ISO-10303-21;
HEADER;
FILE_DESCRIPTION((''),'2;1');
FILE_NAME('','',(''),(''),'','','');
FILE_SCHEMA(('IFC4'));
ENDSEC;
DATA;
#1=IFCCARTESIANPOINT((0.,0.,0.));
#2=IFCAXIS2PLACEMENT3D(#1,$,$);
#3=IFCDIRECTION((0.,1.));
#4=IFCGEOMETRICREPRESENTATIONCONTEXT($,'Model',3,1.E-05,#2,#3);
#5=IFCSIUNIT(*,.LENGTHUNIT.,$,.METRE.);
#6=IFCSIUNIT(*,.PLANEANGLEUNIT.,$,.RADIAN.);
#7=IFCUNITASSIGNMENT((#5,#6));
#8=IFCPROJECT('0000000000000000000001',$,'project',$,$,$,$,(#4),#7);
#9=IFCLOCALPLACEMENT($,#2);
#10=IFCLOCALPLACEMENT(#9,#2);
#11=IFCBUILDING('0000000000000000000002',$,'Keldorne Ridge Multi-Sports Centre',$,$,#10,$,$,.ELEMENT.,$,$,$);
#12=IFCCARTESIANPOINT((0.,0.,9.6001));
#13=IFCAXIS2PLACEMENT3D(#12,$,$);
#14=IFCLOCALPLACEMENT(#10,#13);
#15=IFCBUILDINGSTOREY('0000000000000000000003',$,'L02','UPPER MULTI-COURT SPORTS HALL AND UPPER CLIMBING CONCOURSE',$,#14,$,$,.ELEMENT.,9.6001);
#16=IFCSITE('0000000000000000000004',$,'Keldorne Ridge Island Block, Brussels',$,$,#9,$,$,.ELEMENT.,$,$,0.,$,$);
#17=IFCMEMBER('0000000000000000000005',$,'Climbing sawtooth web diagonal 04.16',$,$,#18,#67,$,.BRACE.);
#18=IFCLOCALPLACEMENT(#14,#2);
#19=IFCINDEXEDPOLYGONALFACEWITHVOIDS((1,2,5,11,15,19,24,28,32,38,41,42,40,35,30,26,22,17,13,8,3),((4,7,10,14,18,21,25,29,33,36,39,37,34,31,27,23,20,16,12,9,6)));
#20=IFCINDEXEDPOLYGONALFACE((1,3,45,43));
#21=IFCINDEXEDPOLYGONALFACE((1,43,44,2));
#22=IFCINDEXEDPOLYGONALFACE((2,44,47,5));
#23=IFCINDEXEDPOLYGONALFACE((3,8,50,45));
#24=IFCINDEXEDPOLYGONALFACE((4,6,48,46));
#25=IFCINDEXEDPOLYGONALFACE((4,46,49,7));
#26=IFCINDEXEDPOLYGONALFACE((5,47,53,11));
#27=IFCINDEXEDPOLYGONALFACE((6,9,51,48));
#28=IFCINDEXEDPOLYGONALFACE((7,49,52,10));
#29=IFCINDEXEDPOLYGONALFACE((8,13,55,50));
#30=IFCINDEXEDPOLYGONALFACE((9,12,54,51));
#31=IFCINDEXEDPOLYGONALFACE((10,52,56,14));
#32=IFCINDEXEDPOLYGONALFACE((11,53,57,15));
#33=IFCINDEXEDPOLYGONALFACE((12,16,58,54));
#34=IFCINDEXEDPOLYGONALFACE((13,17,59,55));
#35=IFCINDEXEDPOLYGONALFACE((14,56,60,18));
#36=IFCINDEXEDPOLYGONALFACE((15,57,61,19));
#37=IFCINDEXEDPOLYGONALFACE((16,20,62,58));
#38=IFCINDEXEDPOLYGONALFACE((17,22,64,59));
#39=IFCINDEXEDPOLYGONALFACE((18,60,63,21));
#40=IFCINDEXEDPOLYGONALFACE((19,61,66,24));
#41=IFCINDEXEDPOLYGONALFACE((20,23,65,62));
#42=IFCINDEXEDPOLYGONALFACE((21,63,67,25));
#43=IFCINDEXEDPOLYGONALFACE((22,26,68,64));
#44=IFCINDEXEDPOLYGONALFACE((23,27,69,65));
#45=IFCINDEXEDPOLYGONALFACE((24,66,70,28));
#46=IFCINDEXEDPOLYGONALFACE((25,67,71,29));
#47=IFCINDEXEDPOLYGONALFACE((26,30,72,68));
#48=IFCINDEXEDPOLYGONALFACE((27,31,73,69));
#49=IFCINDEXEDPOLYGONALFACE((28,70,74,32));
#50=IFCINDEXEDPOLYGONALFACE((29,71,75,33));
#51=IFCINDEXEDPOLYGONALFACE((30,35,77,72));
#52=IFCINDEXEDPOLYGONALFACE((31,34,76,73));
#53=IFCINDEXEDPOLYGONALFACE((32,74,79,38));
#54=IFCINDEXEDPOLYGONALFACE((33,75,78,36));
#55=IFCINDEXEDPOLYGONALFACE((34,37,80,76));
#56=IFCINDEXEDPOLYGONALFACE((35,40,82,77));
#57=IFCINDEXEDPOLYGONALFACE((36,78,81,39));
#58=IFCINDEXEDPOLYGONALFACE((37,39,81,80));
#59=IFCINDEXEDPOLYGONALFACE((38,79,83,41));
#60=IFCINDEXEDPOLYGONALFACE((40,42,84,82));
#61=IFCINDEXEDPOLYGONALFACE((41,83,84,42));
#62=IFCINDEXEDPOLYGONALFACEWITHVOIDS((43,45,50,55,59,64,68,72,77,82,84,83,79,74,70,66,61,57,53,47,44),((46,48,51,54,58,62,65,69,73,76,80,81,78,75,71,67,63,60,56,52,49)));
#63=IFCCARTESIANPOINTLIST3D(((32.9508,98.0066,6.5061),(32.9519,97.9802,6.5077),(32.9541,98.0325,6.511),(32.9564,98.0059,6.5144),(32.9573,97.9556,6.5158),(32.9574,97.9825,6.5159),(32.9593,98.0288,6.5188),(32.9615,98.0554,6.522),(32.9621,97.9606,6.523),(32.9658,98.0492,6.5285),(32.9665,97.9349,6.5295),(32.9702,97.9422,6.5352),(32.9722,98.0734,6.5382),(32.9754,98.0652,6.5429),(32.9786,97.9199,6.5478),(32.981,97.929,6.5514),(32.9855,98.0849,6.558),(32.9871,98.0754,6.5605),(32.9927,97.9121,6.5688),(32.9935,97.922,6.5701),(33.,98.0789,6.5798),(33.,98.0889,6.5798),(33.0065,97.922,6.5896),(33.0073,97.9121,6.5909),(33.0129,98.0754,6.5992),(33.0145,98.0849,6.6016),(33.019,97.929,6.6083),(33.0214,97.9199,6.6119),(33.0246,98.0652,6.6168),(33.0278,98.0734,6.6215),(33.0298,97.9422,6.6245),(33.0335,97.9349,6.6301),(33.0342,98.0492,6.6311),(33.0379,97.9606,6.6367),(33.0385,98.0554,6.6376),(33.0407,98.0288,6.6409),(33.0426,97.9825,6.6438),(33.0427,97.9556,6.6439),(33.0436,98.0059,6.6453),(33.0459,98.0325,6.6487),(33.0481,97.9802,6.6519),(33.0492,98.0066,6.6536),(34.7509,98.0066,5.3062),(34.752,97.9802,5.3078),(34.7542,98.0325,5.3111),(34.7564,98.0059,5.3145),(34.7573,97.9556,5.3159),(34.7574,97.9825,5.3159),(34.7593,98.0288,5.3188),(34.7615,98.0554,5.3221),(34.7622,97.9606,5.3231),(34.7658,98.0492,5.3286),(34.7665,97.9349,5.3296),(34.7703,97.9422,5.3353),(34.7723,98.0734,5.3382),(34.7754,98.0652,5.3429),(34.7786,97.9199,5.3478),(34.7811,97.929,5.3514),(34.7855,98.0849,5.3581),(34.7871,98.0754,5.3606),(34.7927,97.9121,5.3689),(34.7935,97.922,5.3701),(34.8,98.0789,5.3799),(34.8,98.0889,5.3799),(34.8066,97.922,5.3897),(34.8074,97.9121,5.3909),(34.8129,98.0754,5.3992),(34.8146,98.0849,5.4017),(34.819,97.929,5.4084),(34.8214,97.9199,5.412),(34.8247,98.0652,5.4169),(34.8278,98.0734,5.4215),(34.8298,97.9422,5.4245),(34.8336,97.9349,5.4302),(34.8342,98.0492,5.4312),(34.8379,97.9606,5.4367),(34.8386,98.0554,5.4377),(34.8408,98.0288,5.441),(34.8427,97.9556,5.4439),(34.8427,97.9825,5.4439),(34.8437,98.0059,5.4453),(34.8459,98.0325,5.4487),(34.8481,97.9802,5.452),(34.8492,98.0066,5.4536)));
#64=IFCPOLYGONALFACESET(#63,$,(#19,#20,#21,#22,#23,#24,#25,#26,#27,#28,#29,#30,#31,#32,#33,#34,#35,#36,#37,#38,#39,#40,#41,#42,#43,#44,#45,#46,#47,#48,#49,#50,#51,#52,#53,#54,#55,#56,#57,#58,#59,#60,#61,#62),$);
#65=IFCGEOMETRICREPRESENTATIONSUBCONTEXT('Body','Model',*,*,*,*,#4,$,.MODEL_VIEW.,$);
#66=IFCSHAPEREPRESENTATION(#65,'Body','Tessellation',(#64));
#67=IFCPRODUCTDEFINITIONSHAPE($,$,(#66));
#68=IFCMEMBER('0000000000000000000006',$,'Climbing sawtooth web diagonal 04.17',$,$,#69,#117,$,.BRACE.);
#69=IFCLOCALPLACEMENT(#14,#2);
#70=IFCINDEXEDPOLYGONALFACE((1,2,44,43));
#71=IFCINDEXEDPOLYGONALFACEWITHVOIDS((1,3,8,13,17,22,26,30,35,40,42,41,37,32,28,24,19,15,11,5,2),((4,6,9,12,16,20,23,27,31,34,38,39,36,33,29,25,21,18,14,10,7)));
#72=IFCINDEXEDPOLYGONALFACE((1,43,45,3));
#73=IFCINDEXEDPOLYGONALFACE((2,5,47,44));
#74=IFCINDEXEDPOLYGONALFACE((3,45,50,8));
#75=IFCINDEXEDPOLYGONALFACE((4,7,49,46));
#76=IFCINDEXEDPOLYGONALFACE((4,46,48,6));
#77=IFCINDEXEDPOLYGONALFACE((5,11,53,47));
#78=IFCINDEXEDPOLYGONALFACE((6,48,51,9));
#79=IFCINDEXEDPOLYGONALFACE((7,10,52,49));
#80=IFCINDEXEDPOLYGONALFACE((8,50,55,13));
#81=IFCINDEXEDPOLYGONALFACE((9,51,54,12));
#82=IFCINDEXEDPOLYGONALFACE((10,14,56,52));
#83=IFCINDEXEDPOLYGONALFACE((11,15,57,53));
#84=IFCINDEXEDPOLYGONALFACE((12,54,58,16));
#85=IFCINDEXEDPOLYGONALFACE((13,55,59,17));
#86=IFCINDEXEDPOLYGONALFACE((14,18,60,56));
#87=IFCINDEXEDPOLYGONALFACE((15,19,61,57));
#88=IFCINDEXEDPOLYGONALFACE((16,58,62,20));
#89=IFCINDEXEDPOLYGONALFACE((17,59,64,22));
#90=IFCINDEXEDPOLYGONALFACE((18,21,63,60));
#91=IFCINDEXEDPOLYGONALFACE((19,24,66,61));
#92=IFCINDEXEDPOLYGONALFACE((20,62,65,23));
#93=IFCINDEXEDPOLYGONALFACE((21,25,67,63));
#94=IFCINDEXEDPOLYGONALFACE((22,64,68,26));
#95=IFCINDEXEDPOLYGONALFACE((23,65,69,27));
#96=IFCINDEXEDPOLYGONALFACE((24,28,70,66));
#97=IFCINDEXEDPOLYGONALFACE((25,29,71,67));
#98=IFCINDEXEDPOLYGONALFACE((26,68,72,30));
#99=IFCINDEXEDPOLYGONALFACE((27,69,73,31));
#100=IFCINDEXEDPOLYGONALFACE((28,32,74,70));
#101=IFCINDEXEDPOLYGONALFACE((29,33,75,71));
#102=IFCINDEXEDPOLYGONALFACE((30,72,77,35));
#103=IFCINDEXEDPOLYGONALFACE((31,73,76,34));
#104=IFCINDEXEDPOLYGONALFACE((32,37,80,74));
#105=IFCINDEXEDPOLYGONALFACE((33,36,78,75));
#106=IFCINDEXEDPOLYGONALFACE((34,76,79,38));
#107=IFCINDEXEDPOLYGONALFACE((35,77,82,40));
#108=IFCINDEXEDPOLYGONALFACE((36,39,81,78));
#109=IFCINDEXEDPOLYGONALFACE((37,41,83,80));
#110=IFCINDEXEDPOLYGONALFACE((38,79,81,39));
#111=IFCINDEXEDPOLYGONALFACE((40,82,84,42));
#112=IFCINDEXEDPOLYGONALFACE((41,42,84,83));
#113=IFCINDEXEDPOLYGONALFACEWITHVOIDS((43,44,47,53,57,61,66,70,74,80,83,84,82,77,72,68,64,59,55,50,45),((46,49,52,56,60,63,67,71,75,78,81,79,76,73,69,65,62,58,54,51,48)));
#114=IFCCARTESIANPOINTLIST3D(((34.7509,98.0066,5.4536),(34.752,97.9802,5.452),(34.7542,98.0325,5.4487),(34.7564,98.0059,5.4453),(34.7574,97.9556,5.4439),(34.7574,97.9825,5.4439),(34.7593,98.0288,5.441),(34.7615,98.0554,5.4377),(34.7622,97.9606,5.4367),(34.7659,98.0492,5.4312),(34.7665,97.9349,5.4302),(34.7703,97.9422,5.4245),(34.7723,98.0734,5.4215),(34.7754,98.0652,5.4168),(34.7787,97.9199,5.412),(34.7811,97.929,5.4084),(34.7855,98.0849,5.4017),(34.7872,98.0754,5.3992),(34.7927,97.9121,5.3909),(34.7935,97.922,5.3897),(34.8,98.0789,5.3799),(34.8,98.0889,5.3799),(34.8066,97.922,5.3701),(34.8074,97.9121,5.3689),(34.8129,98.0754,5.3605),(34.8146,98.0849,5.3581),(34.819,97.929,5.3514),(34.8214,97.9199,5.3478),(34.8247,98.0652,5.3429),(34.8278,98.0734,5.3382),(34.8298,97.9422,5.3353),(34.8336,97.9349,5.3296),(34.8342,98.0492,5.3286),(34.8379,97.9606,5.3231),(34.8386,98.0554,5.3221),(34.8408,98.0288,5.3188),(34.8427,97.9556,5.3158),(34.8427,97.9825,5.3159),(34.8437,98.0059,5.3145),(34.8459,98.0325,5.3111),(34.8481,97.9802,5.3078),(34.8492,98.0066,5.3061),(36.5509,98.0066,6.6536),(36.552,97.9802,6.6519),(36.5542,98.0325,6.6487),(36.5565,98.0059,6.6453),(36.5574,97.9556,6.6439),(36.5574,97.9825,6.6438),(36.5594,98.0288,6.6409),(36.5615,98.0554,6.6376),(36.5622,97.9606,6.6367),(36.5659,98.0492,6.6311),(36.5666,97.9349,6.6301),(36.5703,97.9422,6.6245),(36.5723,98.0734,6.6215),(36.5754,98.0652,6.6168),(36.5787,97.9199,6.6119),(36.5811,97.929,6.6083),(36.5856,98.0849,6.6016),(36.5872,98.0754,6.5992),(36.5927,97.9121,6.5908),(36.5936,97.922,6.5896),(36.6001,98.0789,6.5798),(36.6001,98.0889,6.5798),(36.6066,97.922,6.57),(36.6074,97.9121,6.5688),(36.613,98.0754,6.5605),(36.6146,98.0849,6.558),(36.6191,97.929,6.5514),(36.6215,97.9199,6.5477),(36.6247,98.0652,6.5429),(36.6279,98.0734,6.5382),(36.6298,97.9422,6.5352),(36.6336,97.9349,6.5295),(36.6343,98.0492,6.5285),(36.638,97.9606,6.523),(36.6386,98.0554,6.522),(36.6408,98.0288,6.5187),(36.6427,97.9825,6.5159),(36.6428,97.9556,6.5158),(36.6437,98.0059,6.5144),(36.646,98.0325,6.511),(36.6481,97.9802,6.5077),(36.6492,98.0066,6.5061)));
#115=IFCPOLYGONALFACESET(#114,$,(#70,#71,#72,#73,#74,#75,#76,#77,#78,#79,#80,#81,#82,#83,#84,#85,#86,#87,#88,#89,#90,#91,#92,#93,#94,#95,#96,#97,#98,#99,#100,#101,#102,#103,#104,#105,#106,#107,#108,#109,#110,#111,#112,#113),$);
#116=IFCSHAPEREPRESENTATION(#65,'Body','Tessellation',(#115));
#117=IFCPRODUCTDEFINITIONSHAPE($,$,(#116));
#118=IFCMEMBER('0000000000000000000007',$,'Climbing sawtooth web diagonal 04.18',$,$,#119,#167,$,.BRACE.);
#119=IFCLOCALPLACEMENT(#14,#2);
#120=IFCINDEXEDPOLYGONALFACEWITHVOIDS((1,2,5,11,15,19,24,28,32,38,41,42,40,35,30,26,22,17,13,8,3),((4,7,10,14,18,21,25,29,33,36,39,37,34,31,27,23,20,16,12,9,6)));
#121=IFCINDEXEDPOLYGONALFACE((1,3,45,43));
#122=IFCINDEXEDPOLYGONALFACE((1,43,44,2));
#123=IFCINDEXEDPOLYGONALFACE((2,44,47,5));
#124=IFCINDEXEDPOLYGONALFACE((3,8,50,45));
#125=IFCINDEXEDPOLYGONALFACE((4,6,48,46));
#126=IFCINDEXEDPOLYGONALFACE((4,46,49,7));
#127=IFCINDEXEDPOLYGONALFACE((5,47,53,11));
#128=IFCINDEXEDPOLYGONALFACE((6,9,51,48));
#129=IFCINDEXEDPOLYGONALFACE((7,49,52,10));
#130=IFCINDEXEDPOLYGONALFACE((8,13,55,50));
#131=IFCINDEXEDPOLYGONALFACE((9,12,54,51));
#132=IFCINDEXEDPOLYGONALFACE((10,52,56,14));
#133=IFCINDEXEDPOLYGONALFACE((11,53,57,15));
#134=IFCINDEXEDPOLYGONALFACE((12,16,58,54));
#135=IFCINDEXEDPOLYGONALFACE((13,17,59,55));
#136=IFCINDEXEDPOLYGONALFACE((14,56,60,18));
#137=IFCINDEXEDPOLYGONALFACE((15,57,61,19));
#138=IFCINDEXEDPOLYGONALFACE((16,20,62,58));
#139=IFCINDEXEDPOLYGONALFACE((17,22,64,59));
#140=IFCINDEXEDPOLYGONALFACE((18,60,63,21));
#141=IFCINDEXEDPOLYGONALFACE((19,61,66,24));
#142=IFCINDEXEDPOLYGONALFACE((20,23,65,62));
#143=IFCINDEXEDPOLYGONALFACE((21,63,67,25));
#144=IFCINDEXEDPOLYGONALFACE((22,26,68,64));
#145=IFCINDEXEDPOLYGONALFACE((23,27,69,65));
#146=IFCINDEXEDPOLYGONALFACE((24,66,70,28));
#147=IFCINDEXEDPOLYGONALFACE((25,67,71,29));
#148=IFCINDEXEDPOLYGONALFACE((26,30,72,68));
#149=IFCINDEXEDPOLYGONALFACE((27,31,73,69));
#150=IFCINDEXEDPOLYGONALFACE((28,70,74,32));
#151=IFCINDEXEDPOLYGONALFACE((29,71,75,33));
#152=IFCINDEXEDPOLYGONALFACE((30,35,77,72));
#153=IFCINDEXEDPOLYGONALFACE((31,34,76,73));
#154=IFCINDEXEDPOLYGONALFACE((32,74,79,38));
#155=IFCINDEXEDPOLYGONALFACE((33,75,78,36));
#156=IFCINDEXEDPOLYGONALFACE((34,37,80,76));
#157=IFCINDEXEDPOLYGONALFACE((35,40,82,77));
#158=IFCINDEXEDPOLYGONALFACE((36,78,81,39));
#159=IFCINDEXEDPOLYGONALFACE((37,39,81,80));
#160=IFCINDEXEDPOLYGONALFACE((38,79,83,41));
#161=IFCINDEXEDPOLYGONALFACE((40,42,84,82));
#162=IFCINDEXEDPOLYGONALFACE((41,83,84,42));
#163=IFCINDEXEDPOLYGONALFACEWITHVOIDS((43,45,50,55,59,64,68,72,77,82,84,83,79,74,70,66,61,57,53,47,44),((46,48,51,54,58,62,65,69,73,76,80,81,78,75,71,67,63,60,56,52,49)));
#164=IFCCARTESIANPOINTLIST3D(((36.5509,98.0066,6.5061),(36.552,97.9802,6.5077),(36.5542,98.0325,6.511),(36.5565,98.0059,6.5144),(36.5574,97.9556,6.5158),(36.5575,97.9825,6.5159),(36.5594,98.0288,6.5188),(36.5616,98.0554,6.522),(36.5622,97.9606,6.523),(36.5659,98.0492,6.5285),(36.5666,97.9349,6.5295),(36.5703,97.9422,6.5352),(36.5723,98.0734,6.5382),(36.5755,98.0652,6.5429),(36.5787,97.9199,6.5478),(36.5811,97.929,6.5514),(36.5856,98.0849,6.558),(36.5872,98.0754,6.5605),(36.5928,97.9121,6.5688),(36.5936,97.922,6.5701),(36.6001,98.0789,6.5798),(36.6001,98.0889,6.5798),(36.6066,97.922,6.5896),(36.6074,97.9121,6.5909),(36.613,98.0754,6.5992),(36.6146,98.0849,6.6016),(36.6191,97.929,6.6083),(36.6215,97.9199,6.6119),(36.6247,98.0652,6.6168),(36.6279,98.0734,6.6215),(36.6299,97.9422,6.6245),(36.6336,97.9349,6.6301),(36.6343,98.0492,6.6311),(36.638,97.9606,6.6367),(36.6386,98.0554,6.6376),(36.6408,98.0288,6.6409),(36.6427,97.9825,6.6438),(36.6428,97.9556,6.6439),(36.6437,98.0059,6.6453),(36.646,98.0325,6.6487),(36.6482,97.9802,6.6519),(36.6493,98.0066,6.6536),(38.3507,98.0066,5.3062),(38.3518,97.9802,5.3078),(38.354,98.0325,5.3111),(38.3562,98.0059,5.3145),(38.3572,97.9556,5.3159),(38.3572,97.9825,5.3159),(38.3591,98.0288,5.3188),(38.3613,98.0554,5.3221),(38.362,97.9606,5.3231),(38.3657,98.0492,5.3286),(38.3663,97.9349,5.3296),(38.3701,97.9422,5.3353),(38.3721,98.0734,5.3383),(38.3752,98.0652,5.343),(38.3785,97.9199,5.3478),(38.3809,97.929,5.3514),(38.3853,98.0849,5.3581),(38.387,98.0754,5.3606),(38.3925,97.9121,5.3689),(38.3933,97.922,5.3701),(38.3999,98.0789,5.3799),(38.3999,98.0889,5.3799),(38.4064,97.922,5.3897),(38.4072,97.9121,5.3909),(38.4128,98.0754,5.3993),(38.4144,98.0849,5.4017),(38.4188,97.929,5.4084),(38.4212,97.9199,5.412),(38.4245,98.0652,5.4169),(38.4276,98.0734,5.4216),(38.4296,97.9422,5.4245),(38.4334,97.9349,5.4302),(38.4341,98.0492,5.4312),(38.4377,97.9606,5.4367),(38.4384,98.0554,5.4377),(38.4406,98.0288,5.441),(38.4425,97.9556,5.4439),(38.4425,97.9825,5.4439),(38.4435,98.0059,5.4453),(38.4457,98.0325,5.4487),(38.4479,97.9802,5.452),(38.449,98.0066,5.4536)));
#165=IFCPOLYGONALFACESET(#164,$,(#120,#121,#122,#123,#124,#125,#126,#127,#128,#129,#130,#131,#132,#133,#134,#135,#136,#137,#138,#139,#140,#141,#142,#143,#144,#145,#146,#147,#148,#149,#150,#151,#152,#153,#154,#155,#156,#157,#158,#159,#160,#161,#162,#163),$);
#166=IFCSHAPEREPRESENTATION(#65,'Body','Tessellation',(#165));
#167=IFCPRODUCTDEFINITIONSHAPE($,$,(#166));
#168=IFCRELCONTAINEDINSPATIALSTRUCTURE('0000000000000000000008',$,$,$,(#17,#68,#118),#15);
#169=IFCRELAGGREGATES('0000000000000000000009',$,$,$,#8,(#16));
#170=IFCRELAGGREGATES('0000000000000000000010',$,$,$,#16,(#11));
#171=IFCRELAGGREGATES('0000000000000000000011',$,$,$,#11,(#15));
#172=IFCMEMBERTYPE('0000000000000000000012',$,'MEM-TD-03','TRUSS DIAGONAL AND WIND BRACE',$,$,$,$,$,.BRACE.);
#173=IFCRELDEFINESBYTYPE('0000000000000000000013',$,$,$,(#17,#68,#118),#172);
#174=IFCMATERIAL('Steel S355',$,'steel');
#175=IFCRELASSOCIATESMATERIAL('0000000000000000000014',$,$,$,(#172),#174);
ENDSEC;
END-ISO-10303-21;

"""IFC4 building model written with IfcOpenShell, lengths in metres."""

from ifc_helpers import new_model, si_unit, direction, frame, origin, origin_2d, place, context, subcontext, project, spatial, hollow_circle, extrude, material, material_profile, profile_set, type_object, element, save


model = new_model("IFC4")

# Units and contexts
model_context = context("Model", 3, precision=1e-05, world=origin(), true_north=direction((0.0, 1.0)))
body_context = subcontext(model_context, "Body", "Model", "MODEL_VIEW")
ifc_project = project(units=[si_unit("LENGTHUNIT", "METRE"), si_unit("PLANEANGLEUNIT", "RADIAN")], contexts=[model_context])

# Site, building, storey
site_placement = place(None, origin())
site = spatial("IfcSite", under=ifc_project, at=site_placement, Name="Keldorne Ridge Island Block, Brussels", CompositionType="ELEMENT", RefElevation=0.0)
building_placement = place(site_placement, origin())
building = spatial("IfcBuilding", under=site, at=building_placement, Name="Keldorne Ridge Multi-Sports Centre", CompositionType="ELEMENT")
storey_placement = place(building_placement, frame((0.0, 0.0, 9.6001)))
storey = spatial("IfcBuildingStorey", under=building, at=storey_placement, Name="L02", Description="UPPER MULTI-COURT SPORTS HALL AND UPPER CLIMBING CONCOURSE", CompositionType="ELEMENT", Elevation=9.6001)

# Shared definitions
ifc_material_1 = material(Name="Steel S355", Category="steel")

# Members
ifc_material_profile_1 = material_profile(ifc_material_1, hollow_circle(Radius=0.0889, WallThickness=0.01, at=origin_2d()), Name="CHS 177.8x10")
ifc_profile_set_1 = profile_set([ifc_material_profile_1], Name="Steel S355")
member_type_1 = type_object("IfcMemberType", Name="MEM-TD-03", Description="TRUSS DIAGONAL AND WIND BRACE", PredefinedType="BRACE", material=ifc_profile_set_1)
for number, where, z_axis, x_axis, name in (
    (1, (33.0, 98.0, 6.5798), (0.832068, 0.0, -0.554674), (0.0, 1.0, 0.0), "Climbing sawtooth web diagonal 04.16"),
    (2, (34.8, 98.0, 5.3799), (0.832068, 0.0, 0.554674), (0.0, 1.0, 0.0), "Climbing sawtooth web diagonal 04.17"),
):
    element("IfcMember", number, at=place(storey_placement, frame(where, z_axis=z_axis, x_axis=x_axis)), inside=storey, type_object=member_type_1, Name=name, PredefinedType="BRACE", context=body_context, shape_type="SweptSolid", body=[
        extrude(hollow_circle(Radius=0.0889, WallThickness=0.01, at=origin_2d()), origin(), (0.0, 0.0, 1.0), 2.1633),
    ])
member_1_placement = place(storey_placement, frame((36.6001, 98.0, 6.5798), z_axis=(0.832033, 0.0, -0.554726), x_axis=(0.0, 1.0, 0.0)))
element("IfcMember", 3, at=member_1_placement, inside=storey, type_object=member_type_1, Name="Climbing sawtooth web diagonal 04.18", PredefinedType="BRACE", context=body_context, shape_type="SweptSolid", body=[
    extrude(hollow_circle(Radius=0.0889, WallThickness=0.01, at=origin_2d()), origin(), (0.0, 0.0, 1.0), 2.1631),
])

save(model, "model.ifc")
